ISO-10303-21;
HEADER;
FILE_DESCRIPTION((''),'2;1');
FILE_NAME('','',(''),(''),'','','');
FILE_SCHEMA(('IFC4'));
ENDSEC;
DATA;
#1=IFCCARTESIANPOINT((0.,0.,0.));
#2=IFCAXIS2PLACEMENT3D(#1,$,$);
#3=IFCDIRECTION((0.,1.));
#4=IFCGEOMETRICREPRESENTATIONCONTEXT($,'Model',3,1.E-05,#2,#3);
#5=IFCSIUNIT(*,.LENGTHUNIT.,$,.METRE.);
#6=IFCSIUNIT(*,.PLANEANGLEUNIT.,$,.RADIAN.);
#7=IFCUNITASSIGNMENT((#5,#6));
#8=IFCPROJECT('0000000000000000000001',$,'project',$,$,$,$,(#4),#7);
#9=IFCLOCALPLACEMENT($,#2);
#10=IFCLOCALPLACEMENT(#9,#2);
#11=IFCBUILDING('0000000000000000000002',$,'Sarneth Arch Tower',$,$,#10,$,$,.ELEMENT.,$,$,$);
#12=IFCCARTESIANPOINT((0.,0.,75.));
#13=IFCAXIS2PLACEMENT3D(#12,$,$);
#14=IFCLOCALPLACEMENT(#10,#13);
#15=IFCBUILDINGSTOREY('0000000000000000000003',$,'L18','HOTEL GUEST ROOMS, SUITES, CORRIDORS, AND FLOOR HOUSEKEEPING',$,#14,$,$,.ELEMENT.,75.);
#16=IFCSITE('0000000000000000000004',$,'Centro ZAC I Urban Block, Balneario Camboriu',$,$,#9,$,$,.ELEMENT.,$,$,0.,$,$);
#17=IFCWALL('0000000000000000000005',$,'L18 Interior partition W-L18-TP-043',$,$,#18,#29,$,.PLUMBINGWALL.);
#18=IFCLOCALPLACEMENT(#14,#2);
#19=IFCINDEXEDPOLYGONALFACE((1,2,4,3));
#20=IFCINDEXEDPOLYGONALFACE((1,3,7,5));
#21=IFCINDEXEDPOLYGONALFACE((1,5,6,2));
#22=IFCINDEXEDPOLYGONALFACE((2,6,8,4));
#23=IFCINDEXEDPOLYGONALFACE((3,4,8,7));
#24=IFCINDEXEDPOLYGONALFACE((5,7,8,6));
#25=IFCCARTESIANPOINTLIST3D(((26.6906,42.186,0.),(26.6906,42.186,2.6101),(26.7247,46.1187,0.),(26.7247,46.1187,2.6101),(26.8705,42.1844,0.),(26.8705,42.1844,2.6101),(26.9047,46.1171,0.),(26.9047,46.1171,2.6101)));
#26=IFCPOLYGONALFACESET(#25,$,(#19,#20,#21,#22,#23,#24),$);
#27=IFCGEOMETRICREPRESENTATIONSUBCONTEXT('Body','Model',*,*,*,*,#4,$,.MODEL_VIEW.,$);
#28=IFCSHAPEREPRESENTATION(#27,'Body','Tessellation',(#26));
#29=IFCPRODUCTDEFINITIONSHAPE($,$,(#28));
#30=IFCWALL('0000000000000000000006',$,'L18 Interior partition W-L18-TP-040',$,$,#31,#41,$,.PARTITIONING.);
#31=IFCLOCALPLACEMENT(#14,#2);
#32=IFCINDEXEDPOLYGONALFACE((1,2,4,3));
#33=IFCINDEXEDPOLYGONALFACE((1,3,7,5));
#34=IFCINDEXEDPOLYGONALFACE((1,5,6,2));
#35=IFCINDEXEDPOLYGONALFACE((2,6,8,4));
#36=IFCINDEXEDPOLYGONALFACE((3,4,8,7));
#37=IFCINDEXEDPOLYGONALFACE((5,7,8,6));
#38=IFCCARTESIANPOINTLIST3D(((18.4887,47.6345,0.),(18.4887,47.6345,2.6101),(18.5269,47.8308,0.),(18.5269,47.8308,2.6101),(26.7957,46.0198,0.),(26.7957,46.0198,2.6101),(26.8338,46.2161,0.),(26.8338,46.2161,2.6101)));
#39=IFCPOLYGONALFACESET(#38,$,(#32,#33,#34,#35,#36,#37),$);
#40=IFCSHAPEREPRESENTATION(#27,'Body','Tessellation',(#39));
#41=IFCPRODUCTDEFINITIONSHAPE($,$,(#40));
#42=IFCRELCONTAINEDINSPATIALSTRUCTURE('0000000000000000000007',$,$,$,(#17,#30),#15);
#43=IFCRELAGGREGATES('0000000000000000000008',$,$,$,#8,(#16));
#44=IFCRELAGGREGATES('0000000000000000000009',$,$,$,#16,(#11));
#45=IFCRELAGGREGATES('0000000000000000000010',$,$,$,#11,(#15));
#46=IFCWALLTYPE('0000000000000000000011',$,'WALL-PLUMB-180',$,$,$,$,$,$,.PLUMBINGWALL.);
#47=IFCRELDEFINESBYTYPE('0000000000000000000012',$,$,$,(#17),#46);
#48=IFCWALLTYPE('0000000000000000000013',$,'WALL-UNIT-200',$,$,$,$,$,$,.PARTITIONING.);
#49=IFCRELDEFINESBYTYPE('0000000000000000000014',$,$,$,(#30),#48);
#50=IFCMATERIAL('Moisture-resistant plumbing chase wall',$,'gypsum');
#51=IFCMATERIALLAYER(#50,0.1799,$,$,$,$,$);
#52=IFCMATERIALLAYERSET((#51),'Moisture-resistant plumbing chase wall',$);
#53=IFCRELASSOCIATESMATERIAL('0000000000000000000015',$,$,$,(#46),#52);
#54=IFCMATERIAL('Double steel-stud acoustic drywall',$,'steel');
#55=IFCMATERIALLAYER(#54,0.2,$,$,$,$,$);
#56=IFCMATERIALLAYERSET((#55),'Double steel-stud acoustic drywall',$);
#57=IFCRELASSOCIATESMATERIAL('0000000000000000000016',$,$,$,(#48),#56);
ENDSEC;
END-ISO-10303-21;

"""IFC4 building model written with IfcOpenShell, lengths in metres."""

from ifc_helpers import new_model, si_unit, direction, frame, frame_2d, origin, place, context, subcontext, project, spatial, rectangle, extrude, material, layer, layer_set, type_object, element, save


model = new_model("IFC4")

# Units and contexts
model_context = context("Model", 3, precision=1e-05, world=origin(), true_north=direction((0.0, 1.0)))
body_context = subcontext(model_context, "Body", "Model", "MODEL_VIEW")
ifc_project = project(units=[si_unit("LENGTHUNIT", "METRE"), si_unit("PLANEANGLEUNIT", "RADIAN")], contexts=[model_context])

# Site, building, storey
site_placement = place(None, origin())
site = spatial("IfcSite", under=ifc_project, at=site_placement, Name="Centro ZAC I Urban Block, Balneario Camboriu", CompositionType="ELEMENT", RefElevation=0.0)
building_placement = place(site_placement, origin())
building = spatial("IfcBuilding", under=site, at=building_placement, Name="Sarneth Arch Tower", CompositionType="ELEMENT")
storey_placement = place(building_placement, frame((0.0, 0.0, 75.0)))
storey = spatial("IfcBuildingStorey", under=building, at=storey_placement, Name="L18", Description="HOTEL GUEST ROOMS, SUITES, CORRIDORS, AND FLOOR HOUSEKEEPING", CompositionType="ELEMENT", Elevation=75.0)

# Walls
ifc_material_1 = material(Name="Moisture-resistant plumbing chase wall", Category="gypsum")
ifc_layer_1 = layer(ifc_material_1, 0.1799)
ifc_layer_set_1 = layer_set([ifc_layer_1], Name="Moisture-resistant plumbing chase wall")
wall_type_1 = type_object("IfcWallType", Name="WALL-PLUMB-180", PredefinedType="PLUMBINGWALL", material=ifc_layer_set_1)
wall_1_placement = place(storey_placement, frame((26.7805, 42.1853, 0.0), z_axis=(0.0, 0.0, 1.0), x_axis=(0.008691, 0.999962, 0.0)))
element("IfcWall", 1, at=wall_1_placement, inside=storey, type_object=wall_type_1, Name="L18 Interior partition W-L18-TP-043", PredefinedType="PLUMBINGWALL", context=body_context, shape_type="SweptSolid", body=[
    extrude(rectangle(XDim=3.9329, YDim=0.1799, at=frame_2d((1.9663, 0.0))), origin(), (0.0, 0.0, 1.0), 2.6101),
])
ifc_material_2 = material(Name="Double steel-stud acoustic drywall", Category="steel")
ifc_layer_2 = layer(ifc_material_2, 0.2)
ifc_layer_set_2 = layer_set([ifc_layer_2], Name="Double steel-stud acoustic drywall")
wall_type_2 = type_object("IfcWallType", Name="WALL-UNIT-200", PredefinedType="PARTITIONING", material=ifc_layer_set_2)
wall_2_placement = place(storey_placement, frame((18.5078, 47.7327, 0.0), z_axis=(0.0, 0.0, 1.0), x_axis=(0.981626, -0.190815, 0.0)))
element("IfcWall", 2, at=wall_2_placement, inside=storey, type_object=wall_type_2, Name="L18 Interior partition W-L18-TP-040", PredefinedType="PARTITIONING", context=body_context, shape_type="SweptSolid", body=[
    extrude(rectangle(XDim=8.4624, YDim=0.2, at=frame_2d((4.2312, 0.0))), origin(), (0.0, 0.0, 1.0), 2.6101),
])

save(model, "model.ifc")
